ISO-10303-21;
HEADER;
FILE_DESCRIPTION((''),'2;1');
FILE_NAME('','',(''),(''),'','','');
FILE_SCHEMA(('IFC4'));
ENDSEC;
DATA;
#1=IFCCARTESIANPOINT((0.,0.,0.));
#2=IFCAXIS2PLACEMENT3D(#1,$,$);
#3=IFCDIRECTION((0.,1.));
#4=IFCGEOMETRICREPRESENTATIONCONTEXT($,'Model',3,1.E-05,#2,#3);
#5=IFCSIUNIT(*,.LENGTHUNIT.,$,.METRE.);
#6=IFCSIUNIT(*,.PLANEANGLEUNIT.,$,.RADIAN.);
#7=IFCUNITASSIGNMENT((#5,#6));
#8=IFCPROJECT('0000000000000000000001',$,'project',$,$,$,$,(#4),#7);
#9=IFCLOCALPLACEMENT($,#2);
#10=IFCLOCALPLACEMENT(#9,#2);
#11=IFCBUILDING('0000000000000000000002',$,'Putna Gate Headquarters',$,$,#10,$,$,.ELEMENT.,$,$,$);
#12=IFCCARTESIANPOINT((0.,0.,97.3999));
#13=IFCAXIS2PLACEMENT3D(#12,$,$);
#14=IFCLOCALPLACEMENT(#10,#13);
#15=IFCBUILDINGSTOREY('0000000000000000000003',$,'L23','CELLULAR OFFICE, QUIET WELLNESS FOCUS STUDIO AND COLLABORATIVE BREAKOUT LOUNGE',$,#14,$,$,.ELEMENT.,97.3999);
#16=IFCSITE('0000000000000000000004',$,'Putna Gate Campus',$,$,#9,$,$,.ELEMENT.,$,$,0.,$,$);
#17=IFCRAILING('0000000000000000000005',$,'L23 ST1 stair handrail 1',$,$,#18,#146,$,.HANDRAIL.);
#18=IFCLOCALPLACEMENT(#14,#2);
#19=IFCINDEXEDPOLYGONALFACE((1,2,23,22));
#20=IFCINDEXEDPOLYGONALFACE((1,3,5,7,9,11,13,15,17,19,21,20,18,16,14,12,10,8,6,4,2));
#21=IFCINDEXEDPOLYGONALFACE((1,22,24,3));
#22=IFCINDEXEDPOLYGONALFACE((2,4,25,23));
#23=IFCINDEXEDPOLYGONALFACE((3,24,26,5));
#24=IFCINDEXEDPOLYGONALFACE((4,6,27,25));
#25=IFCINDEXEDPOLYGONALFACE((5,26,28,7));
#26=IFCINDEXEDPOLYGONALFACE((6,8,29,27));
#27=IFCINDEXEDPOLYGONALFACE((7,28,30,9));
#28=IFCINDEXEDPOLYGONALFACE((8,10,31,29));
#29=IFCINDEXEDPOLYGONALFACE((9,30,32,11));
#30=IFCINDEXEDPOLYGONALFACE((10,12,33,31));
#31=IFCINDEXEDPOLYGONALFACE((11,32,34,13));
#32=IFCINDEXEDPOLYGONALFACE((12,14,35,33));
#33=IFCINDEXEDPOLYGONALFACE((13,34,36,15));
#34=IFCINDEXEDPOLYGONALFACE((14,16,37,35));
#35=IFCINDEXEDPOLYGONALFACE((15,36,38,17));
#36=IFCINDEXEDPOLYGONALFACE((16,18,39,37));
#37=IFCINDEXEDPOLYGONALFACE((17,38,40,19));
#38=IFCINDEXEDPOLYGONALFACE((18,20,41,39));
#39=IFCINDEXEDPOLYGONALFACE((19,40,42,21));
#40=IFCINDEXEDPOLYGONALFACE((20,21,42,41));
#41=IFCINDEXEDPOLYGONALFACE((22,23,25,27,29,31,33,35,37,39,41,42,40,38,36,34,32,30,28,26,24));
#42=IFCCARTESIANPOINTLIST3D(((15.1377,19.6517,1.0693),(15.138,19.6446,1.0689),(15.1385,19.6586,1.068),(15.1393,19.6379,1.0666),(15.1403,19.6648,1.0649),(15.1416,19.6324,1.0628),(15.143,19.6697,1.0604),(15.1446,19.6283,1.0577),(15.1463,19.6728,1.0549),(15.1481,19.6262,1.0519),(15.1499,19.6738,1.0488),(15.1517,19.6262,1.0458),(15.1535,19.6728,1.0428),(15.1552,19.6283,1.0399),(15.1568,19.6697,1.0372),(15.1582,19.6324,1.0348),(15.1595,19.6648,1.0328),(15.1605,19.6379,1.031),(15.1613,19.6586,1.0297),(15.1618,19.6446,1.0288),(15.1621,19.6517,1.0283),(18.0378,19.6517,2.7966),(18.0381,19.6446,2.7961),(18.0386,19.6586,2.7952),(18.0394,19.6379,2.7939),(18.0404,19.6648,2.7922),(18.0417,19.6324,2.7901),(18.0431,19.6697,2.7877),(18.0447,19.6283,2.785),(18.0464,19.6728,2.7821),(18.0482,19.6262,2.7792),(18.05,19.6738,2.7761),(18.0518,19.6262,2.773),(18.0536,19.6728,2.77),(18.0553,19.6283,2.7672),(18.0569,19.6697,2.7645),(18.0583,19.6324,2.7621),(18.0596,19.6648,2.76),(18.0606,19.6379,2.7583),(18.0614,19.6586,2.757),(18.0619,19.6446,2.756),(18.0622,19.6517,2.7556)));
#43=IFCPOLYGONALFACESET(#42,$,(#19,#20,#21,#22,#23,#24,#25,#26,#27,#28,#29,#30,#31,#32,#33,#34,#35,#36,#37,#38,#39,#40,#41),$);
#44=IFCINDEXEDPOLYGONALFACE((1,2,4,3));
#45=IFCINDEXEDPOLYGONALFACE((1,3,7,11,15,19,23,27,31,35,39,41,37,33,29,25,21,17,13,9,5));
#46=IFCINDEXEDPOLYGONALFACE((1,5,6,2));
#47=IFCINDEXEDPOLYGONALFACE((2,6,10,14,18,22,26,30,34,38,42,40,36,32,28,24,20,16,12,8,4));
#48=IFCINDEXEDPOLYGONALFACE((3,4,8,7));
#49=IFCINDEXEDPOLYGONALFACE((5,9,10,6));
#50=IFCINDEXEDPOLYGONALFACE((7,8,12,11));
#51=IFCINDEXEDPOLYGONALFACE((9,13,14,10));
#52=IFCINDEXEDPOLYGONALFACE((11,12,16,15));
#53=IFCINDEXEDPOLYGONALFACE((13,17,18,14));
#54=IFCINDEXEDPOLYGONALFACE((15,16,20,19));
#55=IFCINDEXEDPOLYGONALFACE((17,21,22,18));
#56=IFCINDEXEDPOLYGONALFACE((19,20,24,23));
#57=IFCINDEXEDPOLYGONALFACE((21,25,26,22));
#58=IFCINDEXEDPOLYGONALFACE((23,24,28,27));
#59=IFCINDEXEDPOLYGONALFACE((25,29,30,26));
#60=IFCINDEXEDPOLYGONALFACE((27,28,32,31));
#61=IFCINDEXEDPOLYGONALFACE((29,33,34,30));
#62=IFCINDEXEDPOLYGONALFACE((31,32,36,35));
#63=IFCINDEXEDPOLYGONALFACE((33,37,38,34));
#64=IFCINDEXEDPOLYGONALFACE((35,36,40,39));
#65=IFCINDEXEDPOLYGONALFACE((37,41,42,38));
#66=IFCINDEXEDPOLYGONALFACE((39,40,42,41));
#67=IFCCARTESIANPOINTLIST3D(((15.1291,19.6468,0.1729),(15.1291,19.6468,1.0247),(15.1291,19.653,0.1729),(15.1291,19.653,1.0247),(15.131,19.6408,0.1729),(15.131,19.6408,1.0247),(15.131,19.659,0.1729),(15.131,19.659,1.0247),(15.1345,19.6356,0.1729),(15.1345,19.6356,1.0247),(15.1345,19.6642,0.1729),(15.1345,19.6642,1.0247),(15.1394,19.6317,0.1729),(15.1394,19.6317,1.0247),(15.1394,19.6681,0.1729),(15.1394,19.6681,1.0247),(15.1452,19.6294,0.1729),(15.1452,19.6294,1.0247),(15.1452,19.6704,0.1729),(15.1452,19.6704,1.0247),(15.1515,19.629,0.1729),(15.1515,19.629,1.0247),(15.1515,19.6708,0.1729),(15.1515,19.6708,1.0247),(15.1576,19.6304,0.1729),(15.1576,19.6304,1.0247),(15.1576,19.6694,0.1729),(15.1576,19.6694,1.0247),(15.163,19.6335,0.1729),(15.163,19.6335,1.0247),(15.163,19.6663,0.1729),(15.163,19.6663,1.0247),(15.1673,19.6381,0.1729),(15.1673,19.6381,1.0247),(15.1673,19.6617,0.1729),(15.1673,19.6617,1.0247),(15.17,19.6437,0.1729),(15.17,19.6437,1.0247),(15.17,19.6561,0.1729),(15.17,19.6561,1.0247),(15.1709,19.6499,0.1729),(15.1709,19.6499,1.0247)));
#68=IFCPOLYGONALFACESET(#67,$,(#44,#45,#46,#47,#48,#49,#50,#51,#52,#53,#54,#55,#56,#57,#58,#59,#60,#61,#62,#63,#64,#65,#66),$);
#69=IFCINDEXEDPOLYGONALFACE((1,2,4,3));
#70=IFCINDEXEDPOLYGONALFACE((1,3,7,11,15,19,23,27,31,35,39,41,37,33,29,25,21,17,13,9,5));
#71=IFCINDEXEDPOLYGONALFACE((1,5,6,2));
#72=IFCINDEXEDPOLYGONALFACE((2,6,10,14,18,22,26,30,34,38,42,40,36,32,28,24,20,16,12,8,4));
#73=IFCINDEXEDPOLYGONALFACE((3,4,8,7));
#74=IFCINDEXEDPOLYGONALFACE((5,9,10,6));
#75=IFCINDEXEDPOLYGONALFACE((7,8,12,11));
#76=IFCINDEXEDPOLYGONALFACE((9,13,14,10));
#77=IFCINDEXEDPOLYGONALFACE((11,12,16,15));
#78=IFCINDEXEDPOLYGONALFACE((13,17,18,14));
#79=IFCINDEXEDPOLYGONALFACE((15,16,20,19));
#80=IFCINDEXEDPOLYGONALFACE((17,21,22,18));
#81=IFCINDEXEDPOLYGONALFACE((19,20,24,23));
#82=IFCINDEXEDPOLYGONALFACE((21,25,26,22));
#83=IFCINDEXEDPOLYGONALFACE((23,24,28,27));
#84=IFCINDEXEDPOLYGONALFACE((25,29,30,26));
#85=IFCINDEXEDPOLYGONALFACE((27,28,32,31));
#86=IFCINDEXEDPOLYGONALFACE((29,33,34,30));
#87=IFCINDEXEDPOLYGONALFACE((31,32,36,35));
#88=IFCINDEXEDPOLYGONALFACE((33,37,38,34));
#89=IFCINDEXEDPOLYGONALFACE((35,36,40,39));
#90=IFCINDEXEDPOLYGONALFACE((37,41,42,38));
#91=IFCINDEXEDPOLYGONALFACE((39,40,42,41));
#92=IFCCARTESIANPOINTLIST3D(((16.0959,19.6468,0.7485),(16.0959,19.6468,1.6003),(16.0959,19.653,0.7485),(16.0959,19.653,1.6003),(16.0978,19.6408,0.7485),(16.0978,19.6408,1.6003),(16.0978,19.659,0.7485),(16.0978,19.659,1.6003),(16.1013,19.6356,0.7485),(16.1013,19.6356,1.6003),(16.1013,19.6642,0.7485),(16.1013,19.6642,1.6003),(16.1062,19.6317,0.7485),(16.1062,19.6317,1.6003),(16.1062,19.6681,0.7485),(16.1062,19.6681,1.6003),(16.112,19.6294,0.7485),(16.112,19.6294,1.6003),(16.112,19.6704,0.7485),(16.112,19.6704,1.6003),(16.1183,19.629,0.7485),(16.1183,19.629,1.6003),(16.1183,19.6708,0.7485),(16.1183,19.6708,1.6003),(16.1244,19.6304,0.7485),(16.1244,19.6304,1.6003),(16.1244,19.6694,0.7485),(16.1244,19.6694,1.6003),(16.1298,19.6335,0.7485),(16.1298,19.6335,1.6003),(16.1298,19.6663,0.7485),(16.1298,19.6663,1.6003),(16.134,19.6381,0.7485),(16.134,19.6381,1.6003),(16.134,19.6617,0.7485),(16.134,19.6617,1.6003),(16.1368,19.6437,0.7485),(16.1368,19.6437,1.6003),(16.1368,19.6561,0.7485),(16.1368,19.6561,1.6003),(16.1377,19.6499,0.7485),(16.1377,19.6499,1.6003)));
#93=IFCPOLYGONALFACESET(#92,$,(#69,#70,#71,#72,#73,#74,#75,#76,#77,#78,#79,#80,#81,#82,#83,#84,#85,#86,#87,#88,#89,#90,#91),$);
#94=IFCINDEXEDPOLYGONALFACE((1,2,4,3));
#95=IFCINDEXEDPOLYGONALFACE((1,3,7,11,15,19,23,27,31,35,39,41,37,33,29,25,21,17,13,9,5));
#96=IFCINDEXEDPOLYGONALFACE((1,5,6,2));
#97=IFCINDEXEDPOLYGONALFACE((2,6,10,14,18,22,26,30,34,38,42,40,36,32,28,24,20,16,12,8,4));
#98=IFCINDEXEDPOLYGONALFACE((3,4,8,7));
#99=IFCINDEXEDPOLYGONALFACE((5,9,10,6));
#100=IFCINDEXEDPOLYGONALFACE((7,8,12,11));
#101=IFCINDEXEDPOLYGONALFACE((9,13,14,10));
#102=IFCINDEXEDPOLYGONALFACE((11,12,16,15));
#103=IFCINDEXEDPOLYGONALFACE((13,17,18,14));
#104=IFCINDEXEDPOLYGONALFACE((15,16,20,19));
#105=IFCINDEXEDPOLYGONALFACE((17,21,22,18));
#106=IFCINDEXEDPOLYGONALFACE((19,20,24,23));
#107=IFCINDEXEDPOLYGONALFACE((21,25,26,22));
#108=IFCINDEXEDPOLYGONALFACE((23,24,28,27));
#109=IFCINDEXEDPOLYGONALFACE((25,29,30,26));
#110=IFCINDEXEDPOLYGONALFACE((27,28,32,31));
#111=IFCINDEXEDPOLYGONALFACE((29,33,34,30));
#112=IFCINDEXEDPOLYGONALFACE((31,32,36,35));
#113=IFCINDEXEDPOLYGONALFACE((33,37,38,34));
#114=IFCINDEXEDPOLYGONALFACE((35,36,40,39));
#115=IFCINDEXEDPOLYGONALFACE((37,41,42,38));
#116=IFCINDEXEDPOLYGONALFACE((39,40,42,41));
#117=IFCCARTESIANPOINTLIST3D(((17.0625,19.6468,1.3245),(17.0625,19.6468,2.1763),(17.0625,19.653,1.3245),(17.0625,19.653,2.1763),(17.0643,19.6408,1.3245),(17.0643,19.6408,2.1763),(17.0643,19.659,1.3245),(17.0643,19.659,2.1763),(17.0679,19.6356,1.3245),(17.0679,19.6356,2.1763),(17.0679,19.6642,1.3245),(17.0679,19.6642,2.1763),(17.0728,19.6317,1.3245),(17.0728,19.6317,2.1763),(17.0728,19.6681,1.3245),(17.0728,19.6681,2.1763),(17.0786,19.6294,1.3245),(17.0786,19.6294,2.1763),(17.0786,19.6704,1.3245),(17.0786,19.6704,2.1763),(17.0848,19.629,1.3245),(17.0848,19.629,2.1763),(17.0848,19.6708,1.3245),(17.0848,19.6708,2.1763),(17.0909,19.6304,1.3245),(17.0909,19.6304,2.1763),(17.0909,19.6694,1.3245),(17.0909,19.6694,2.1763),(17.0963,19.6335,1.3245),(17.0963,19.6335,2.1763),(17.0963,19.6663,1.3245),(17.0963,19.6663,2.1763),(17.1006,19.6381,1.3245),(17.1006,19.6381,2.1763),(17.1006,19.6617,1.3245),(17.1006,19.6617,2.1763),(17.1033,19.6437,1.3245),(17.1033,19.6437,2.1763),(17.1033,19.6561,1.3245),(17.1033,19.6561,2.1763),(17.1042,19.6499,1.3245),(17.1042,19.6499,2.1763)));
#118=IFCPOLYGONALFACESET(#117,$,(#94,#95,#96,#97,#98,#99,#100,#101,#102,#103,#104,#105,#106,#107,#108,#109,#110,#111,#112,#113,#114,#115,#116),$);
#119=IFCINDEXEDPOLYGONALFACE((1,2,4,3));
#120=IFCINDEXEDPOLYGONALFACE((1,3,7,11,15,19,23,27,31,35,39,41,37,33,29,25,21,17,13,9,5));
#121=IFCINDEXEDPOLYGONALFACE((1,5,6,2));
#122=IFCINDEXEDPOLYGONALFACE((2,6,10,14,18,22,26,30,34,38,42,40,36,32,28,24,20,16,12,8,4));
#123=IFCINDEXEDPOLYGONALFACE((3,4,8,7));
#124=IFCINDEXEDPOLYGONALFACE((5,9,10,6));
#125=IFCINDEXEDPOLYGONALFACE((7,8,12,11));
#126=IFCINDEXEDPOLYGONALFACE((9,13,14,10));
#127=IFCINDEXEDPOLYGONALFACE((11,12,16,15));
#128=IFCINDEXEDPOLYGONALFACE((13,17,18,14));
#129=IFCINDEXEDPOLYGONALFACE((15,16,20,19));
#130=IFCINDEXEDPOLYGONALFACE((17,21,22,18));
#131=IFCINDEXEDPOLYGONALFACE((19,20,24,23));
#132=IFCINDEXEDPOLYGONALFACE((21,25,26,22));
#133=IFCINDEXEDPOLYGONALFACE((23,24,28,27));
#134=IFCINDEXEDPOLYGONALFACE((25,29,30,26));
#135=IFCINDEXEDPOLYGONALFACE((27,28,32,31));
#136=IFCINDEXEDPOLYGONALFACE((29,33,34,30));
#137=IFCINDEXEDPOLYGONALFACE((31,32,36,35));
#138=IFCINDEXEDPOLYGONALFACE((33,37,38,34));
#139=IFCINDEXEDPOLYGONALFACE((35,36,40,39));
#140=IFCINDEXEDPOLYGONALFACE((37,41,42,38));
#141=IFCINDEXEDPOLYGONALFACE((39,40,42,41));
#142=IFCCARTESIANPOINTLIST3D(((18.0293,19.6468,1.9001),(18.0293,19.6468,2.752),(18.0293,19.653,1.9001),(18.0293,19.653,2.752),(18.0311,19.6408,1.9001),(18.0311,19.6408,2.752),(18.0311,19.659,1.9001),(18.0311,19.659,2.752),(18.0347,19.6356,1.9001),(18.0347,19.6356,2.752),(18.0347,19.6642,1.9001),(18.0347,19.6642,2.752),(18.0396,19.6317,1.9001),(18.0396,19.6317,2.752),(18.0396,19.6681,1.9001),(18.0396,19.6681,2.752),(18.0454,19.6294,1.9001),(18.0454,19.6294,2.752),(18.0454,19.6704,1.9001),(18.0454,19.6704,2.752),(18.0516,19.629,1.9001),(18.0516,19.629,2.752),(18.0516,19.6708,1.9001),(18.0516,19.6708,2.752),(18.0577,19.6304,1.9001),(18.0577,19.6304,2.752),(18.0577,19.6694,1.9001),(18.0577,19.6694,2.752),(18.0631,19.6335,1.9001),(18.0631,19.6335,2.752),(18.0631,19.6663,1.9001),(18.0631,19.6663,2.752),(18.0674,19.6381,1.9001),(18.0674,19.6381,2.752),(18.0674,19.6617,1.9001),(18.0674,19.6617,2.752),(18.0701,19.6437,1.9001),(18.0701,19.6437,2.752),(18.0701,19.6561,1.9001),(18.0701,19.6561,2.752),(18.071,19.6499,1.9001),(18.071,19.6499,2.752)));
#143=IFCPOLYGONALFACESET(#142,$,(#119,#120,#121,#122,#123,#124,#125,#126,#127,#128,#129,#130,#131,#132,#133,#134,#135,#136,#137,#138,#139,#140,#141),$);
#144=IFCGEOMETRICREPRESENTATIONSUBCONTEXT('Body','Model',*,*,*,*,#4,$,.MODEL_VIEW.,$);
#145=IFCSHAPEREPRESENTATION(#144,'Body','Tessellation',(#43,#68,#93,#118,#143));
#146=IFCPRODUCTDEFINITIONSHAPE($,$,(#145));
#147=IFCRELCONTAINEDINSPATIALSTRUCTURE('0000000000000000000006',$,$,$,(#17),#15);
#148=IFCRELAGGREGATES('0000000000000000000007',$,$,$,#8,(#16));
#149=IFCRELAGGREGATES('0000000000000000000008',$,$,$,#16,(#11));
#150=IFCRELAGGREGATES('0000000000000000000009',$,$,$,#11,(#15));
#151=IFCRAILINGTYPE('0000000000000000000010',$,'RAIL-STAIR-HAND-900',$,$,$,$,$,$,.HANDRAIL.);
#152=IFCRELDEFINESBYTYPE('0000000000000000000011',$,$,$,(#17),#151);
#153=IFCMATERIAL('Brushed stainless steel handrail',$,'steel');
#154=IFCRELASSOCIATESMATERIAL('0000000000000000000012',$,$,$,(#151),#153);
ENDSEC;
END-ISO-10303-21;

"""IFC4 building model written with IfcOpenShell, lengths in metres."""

from ifc_helpers import new_model, si_unit, direction, frame, origin, origin_2d, place, context, subcontext, project, spatial, circle, extrude, material, type_object, element, save


model = new_model("IFC4")

# Units and contexts
model_context = context("Model", 3, precision=1e-05, world=origin(), true_north=direction((0.0, 1.0)))
body_context = subcontext(model_context, "Body", "Model", "MODEL_VIEW")
ifc_project = project(units=[si_unit("LENGTHUNIT", "METRE"), si_unit("PLANEANGLEUNIT", "RADIAN")], contexts=[model_context])

# Site, building, storey
site_placement = place(None, origin())
site = spatial("IfcSite", under=ifc_project, at=site_placement, Name="Putna Gate Campus", CompositionType="ELEMENT", RefElevation=0.0)
building_placement = place(site_placement, origin())
building = spatial("IfcBuilding", under=site, at=building_placement, Name="Putna Gate Headquarters", CompositionType="ELEMENT")
storey_placement = place(building_placement, frame((0.0, 0.0, 97.3999)))
storey = spatial("IfcBuildingStorey", under=building, at=storey_placement, Name="L23", Description="CELLULAR OFFICE, QUIET WELLNESS FOCUS STUDIO AND COLLABORATIVE BREAKOUT LOUNGE", CompositionType="ELEMENT", Elevation=97.3999)

# Railing
ifc_material_1 = material(Name="Brushed stainless steel handrail", Category="steel")
railing_type_1 = type_object("IfcRailingType", Name="RAIL-STAIR-HAND-900", PredefinedType="HANDRAIL", material=ifc_material_1)
railing_1_placement = place(storey_placement, frame((15.1499, 19.6499, 0.1729)))
element("IfcRailing", 1, at=railing_1_placement, inside=storey, type_object=railing_type_1, Name="L23 ST1 stair handrail 1", PredefinedType="HANDRAIL", context=body_context, shape_type="SweptSolid", body=[
    extrude(circle(Radius=0.0239, at=origin_2d()), frame((0.0, 0.0, 0.876), z_axis=(0.85916, 0.0, 0.511706), x_axis=(0.0, 1.0, 0.0)), (0.0, 0.0, 1.0), 3.3755),
    extrude(circle(Radius=0.021, at=origin_2d()), origin(), (0.0, 0.0, 1.0), 0.8518),
    extrude(circle(Radius=0.021, at=origin_2d()), frame((0.9668, 0.0, 0.5757)), (0.0, 0.0, 1.0), 0.8518),
    extrude(circle(Radius=0.021, at=origin_2d()), frame((1.9333, 0.0, 1.1516)), (0.0, 0.0, 1.0), 0.8518),
    extrude(circle(Radius=0.021, at=origin_2d()), frame((2.9001, 0.0, 1.7273)), (0.0, 0.0, 1.0), 0.8518),
])

save(model, "model.ifc")
